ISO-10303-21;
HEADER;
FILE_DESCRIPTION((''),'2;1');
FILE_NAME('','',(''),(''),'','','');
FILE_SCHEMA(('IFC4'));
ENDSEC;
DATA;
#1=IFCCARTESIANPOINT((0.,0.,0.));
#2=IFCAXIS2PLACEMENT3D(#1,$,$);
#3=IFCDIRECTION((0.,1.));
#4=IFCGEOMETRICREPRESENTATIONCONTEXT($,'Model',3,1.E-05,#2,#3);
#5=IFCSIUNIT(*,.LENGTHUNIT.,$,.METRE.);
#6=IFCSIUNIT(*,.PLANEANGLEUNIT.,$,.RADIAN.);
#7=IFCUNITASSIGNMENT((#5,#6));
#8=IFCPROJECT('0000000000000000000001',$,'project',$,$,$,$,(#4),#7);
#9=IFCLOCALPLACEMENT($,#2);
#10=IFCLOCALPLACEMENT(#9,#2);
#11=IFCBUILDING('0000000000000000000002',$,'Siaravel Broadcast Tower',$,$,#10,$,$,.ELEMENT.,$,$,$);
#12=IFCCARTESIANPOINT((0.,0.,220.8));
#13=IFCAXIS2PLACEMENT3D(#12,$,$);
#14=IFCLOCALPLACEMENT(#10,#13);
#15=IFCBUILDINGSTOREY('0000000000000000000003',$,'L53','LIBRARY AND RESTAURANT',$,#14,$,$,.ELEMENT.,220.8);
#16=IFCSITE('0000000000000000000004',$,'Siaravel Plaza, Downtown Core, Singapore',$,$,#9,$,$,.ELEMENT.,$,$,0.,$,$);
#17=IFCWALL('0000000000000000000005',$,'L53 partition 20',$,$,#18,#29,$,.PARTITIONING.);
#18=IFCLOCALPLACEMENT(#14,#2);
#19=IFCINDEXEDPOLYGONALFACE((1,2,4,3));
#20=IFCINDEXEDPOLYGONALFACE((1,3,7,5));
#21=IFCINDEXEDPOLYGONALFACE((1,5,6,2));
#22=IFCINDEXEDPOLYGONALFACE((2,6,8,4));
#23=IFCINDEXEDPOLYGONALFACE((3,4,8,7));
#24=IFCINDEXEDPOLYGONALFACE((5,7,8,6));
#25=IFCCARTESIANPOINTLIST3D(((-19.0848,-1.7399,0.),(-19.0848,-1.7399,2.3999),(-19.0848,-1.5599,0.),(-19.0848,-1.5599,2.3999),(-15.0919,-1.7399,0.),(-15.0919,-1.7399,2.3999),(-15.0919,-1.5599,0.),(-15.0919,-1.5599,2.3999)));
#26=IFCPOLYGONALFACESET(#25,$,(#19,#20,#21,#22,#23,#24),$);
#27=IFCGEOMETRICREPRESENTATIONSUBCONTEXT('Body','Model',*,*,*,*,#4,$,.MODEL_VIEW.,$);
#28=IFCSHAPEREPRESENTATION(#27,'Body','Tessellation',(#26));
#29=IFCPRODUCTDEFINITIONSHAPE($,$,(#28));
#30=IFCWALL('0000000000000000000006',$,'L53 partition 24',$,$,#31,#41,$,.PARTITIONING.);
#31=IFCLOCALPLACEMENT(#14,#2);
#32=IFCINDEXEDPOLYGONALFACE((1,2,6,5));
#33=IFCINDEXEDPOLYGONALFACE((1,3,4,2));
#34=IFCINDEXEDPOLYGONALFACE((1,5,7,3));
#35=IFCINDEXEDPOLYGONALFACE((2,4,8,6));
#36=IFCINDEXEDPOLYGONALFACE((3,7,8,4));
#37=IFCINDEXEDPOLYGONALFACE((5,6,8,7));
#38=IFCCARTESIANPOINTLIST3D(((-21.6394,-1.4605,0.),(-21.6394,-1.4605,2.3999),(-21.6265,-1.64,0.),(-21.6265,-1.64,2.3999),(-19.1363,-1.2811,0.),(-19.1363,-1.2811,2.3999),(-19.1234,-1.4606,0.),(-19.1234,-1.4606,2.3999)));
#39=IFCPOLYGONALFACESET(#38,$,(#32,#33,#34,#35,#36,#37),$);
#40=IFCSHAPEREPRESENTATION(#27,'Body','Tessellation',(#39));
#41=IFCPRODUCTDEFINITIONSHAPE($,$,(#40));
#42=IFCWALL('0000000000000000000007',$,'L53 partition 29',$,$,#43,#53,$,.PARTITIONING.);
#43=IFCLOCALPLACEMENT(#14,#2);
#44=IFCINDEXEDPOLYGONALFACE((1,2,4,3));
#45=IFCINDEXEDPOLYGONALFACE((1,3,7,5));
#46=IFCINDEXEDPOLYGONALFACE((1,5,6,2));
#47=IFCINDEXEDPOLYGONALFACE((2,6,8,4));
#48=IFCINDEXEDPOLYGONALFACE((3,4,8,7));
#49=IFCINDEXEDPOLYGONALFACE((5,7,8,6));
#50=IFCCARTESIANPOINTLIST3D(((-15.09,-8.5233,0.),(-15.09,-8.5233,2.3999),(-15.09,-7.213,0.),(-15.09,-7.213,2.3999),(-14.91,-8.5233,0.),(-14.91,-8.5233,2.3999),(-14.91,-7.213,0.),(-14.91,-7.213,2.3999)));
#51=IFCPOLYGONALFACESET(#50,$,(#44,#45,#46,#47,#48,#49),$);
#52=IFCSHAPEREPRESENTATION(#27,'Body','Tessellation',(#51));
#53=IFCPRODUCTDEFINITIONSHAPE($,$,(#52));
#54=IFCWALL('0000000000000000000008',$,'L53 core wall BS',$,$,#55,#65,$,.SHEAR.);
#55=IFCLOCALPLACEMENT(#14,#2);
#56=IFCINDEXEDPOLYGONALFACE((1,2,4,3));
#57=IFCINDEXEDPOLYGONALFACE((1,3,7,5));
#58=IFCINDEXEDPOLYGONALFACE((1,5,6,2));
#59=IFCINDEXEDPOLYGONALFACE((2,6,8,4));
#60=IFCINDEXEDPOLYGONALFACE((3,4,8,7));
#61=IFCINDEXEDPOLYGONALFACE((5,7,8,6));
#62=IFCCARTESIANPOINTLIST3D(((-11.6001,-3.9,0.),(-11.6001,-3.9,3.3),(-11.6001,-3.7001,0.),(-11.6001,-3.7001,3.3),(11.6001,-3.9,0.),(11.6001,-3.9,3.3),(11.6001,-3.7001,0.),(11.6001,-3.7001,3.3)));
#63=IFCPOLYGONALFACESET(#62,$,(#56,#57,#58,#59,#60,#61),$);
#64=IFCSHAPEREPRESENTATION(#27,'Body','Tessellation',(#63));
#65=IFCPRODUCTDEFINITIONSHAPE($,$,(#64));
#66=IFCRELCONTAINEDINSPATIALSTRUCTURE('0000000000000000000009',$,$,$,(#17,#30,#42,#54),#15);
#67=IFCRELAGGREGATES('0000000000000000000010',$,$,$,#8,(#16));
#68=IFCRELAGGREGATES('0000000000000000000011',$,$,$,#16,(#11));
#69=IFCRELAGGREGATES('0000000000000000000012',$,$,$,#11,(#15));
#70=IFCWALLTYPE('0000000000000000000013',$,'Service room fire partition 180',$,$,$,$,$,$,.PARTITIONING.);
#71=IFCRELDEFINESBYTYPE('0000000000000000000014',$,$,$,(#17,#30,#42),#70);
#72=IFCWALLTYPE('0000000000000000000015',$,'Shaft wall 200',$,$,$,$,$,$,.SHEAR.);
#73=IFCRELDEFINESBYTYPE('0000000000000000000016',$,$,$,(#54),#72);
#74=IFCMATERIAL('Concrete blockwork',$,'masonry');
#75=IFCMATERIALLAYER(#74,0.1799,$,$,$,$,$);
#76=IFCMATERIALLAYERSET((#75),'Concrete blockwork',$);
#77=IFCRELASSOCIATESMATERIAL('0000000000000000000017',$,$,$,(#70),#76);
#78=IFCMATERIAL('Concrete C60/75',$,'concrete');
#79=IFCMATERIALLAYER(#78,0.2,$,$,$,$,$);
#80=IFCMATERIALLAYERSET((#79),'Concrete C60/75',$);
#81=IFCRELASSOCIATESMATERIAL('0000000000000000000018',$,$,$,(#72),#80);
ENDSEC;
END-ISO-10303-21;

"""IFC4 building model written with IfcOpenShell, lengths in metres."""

from ifc_helpers import new_model, si_unit, direction, frame, frame_2d, origin, place, context, subcontext, project, spatial, rectangle, extrude, material, layer, layer_set, type_object, element, save


model = new_model("IFC4")

# Units and contexts
model_context = context("Model", 3, precision=1e-05, world=origin(), true_north=direction((0.0, 1.0)))
body_context = subcontext(model_context, "Body", "Model", "MODEL_VIEW")
ifc_project = project(units=[si_unit("LENGTHUNIT", "METRE"), si_unit("PLANEANGLEUNIT", "RADIAN")], contexts=[model_context])

# Site, building, storey
site_placement = place(None, origin())
site = spatial("IfcSite", under=ifc_project, at=site_placement, Name="Siaravel Plaza, Downtown Core, Singapore", CompositionType="ELEMENT", RefElevation=0.0)
building_placement = place(site_placement, origin())
building = spatial("IfcBuilding", under=site, at=building_placement, Name="Siaravel Broadcast Tower", CompositionType="ELEMENT")
storey_placement = place(building_placement, frame((0.0, 0.0, 220.8)))
storey = spatial("IfcBuildingStorey", under=building, at=storey_placement, Name="L53", Description="LIBRARY AND RESTAURANT", CompositionType="ELEMENT", Elevation=220.8)

# Shared definitions
ifc_material_1 = material(Name="Concrete C60/75", Category="concrete")

# Shared definitions
ifc_material_2 = material(Name="Concrete blockwork", Category="masonry")
ifc_layer_1 = layer(ifc_material_2, 0.1799)
ifc_layer_set_1 = layer_set([ifc_layer_1], Name="Concrete blockwork")
wall_type_1 = type_object("IfcWallType", Name="Service room fire partition 180", PredefinedType="PARTITIONING", material=ifc_layer_set_1)

# Walls
wall_1_placement = place(storey_placement, frame((-19.085, -1.6499, 0.0), z_axis=(0.0, 0.0, 1.0), x_axis=(1.0, 0.0, 0.0)))
element("IfcWall", 1, at=wall_1_placement, inside=storey, type_object=wall_type_1, Name="L53 partition 20", PredefinedType="PARTITIONING", context=body_context, shape_type="SweptSolid", body=[
    extrude(rectangle(XDim=3.9929, YDim=0.1799, at=frame_2d((1.9966, 0.0))), origin(), (0.0, 0.0, 1.0), 2.3999),
])
wall_2_placement = place(storey_placement, frame((-21.6331, -1.5503, 0.0), z_axis=(0.0, 0.0, 1.0), x_axis=(0.99744, 0.071503, 0.0)))
element("IfcWall", 2, at=wall_2_placement, inside=storey, type_object=wall_type_1, Name="L53 partition 24", PredefinedType="PARTITIONING", context=body_context, shape_type="SweptSolid", body=[
    extrude(rectangle(XDim=2.5095, YDim=0.1799, at=frame_2d((1.2549, 0.0))), origin(), (0.0, 0.0, 1.0), 2.3999),
])
wall_3_placement = place(storey_placement, frame((-15.0, -7.2129, 0.0), z_axis=(0.0, 0.0, 1.0), x_axis=(0.0, -1.0, 0.0)))
element("IfcWall", 3, at=wall_3_placement, inside=storey, type_object=wall_type_1, Name="L53 partition 29", PredefinedType="PARTITIONING", context=body_context, shape_type="SweptSolid", body=[
    extrude(rectangle(XDim=1.3103, YDim=0.1799, at=frame_2d((0.6553, 0.0))), origin(), (0.0, 0.0, 1.0), 2.3999),
])
ifc_layer_2 = layer(ifc_material_1, 0.2)
ifc_layer_set_2 = layer_set([ifc_layer_2], Name="Concrete C60/75")
wall_type_2 = type_object("IfcWallType", Name="Shaft wall 200", PredefinedType="SHEAR", material=ifc_layer_set_2)
wall_4_placement = place(storey_placement, frame((-11.6001, -3.8, 0.0), z_axis=(0.0, 0.0, 1.0), x_axis=(1.0, 0.0, 0.0)))
element("IfcWall", 4, at=wall_4_placement, inside=storey, type_object=wall_type_2, Name="L53 core wall BS", PredefinedType="SHEAR", context=body_context, shape_type="SweptSolid", body=[
    extrude(rectangle(XDim=23.2002, YDim=0.2, at=frame_2d((11.6001, 0.0))), origin(), (0.0, 0.0, 1.0), 3.3),
])

save(model, "model.ifc")
